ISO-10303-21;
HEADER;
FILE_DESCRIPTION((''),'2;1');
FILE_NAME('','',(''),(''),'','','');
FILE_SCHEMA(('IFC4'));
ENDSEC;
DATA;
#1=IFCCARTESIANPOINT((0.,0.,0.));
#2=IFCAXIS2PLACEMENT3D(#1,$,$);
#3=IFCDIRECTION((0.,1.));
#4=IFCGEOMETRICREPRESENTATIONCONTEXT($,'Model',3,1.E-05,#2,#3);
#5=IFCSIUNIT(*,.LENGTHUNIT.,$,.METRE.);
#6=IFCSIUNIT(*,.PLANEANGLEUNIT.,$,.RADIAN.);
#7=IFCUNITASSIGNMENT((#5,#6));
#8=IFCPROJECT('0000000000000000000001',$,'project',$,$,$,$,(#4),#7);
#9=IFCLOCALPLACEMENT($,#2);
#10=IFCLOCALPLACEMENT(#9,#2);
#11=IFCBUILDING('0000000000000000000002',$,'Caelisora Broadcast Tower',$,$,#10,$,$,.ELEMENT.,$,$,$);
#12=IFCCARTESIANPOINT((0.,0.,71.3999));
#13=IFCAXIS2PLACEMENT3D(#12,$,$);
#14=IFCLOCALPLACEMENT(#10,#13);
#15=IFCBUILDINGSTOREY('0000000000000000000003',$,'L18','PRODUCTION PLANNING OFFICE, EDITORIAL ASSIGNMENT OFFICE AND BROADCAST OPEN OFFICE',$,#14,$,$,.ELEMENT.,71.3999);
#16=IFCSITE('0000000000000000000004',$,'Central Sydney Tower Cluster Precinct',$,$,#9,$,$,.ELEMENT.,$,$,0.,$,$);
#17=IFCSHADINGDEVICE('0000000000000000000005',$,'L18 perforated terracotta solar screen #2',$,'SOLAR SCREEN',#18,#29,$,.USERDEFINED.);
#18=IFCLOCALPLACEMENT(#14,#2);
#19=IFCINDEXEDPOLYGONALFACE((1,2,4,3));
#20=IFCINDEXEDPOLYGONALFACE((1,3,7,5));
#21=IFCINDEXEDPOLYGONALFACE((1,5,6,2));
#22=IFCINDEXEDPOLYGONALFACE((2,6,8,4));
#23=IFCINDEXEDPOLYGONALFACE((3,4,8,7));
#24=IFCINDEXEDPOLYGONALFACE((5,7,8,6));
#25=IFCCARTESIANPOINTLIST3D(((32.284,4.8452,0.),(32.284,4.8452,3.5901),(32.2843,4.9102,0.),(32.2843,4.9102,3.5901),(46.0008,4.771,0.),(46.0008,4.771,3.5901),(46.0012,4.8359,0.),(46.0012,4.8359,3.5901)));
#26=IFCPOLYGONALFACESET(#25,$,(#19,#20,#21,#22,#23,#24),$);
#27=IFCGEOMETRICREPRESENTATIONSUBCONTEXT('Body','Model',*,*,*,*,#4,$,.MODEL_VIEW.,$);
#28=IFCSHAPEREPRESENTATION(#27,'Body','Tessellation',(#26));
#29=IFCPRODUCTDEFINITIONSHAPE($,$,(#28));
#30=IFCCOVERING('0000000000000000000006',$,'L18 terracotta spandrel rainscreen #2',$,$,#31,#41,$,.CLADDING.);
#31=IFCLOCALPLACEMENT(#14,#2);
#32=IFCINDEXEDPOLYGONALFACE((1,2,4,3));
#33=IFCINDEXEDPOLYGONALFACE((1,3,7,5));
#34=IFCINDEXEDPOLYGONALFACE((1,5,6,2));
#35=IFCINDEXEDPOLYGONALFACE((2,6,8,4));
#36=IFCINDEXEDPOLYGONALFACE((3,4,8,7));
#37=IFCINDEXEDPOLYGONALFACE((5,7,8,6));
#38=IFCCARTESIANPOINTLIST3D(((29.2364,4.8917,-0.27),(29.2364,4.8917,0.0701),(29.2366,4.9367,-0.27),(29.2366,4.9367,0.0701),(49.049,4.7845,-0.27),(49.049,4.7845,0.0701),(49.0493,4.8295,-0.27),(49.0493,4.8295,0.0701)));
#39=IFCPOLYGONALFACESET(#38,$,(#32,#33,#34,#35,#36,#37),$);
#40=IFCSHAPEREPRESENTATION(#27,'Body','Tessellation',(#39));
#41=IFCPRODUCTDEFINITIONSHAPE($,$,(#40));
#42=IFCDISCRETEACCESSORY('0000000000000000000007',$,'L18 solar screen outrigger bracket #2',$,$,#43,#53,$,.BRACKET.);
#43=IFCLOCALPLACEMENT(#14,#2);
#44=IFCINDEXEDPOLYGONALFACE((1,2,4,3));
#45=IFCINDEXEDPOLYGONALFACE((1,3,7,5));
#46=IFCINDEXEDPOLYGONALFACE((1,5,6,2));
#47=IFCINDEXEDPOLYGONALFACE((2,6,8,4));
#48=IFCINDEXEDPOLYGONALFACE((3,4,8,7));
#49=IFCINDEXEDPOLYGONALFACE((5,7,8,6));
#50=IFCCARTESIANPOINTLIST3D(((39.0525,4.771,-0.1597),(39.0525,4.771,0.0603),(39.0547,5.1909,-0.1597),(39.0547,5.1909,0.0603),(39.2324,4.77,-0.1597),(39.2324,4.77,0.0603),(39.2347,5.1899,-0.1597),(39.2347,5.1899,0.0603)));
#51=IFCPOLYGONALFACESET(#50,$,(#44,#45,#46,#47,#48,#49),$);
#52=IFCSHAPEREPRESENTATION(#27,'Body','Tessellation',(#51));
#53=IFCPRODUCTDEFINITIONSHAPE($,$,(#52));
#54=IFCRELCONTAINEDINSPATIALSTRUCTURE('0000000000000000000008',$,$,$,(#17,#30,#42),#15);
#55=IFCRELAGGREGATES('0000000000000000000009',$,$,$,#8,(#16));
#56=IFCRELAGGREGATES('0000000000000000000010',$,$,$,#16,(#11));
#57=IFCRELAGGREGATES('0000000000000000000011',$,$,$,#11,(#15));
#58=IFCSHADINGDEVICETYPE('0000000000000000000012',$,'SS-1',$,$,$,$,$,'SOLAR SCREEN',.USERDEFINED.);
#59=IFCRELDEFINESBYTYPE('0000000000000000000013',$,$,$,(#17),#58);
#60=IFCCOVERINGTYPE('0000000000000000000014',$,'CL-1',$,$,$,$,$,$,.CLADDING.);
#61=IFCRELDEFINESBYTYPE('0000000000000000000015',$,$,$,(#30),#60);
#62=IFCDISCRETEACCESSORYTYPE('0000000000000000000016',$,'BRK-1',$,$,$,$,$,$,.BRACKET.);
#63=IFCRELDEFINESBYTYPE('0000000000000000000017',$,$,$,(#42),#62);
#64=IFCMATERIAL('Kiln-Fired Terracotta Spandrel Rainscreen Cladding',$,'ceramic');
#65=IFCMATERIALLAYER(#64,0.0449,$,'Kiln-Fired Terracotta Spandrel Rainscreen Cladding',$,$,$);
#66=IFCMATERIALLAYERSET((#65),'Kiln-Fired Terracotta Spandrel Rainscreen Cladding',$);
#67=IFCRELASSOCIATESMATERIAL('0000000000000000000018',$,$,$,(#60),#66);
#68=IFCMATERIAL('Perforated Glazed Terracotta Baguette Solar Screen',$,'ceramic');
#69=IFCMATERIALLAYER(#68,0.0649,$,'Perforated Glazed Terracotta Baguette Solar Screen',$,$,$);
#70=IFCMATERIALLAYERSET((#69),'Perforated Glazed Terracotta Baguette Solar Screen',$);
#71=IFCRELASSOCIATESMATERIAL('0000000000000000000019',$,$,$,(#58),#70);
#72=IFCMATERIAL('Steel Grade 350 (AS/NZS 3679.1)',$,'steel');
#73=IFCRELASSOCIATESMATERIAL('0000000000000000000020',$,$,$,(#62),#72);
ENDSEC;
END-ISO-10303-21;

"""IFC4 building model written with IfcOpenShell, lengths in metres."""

from ifc_helpers import new_model, si_unit, direction, frame, origin, origin_2d, place, context, subcontext, project, spatial, rectangle, extrude, source, transform, mapped, material, layer, layer_set, type_object, type_shapes, element, save


model = new_model("IFC4")

# Units and contexts
model_context = context("Model", 3, precision=1e-05, world=origin(), true_north=direction((0.0, 1.0)))
body_context = subcontext(model_context, "Body", "Model", "MODEL_VIEW")
ifc_project = project(units=[si_unit("LENGTHUNIT", "METRE"), si_unit("PLANEANGLEUNIT", "RADIAN")], contexts=[model_context])

# Site, building, storey
site_placement = place(None, origin())
site = spatial("IfcSite", under=ifc_project, at=site_placement, Name="Central Sydney Tower Cluster Precinct", CompositionType="ELEMENT", RefElevation=0.0)
building_placement = place(site_placement, origin())
building = spatial("IfcBuilding", under=site, at=building_placement, Name="Caelisora Broadcast Tower", CompositionType="ELEMENT")
storey_placement = place(building_placement, frame((0.0, 0.0, 71.3999)))
storey = spatial("IfcBuildingStorey", under=building, at=storey_placement, Name="L18", Description="PRODUCTION PLANNING OFFICE, EDITORIAL ASSIGNMENT OFFICE AND BROADCAST OPEN OFFICE", CompositionType="ELEMENT", Elevation=71.3999)

# Shared definitions
ifc_material_1 = material(Name="Steel Grade 350 (AS/NZS 3679.1)", Category="steel")

# Shared definitions
ifc_material_2 = material(Name="Kiln-Fired Terracotta Spandrel Rainscreen Cladding", Category="ceramic")
ifc_layer_1 = layer(ifc_material_2, 0.0449, Name="Kiln-Fired Terracotta Spandrel Rainscreen Cladding")
ifc_layer_set_1 = layer_set([ifc_layer_1], Name="Kiln-Fired Terracotta Spandrel Rainscreen Cladding")
covering_type = type_object("IfcCoveringType", Name="CL-1", PredefinedType="CLADDING", material=ifc_layer_set_1)

# Shading device
ifc_material_3 = material(Name="Perforated Glazed Terracotta Baguette Solar Screen", Category="ceramic")
ifc_layer_2 = layer(ifc_material_3, 0.0649, Name="Perforated Glazed Terracotta Baguette Solar Screen")
ifc_layer_set_2 = layer_set([ifc_layer_2], Name="Perforated Glazed Terracotta Baguette Solar Screen")
shading_device_type_1 = type_object("IfcShadingDeviceType", Name="SS-1", ElementType="SOLAR SCREEN", PredefinedType="USERDEFINED", material=ifc_layer_set_2)
shared_shape_1 = source(origin(), body_context, "Body", "SweptSolid", [
    extrude(rectangle(XDim=13.717, YDim=0.0649, at=origin_2d()), origin(), (0.0, 0.0, 1.0), 3.5901),
])
type_shapes(shading_device_type_1, [shared_shape_1])
shading_device_1_placement = place(storey_placement, frame((39.1426, 4.8406, 0.0), z_axis=(0.0, 0.0, 1.0), x_axis=(0.999985, -0.00541, 0.0)))
element("IfcShadingDevice", 1, at=shading_device_1_placement, inside=storey, type_object=shading_device_type_1, Name="L18 perforated terracotta solar screen #2", ObjectType="SOLAR SCREEN", PredefinedType="USERDEFINED", context=body_context, shape_type="MappedRepresentation", body=[
    mapped(shared_shape_1, transform((0.0, 0.0, 0.0), scale=1.0)),
])

# Covering
shared_shape_2 = source(origin(), body_context, "Body", "SweptSolid", [
    extrude(rectangle(XDim=19.813, YDim=0.0449, at=origin_2d()), origin(), (0.0, 0.0, 1.0), 0.3401),
])
covering_1_placement = place(storey_placement, frame((39.1428, 4.8606, -0.27), z_axis=(0.0, 0.0, 1.0), x_axis=(0.999985, -0.00541, 0.0)))
element("IfcCovering", 2, at=covering_1_placement, inside=storey, type_object=covering_type, Name="L18 terracotta spandrel rainscreen #2", PredefinedType="CLADDING", context=body_context, shape_type="MappedRepresentation", body=[
    mapped(shared_shape_2, transform((0.0, 0.0, 0.0), scale=1.0)),
])

# Discrete accessory
discrete_accessory_type = type_object("IfcDiscreteAccessoryType", Name="BRK-1", PredefinedType="BRACKET", material=ifc_material_1)
shared_shape_3 = source(origin(), body_context, "Body", "SweptSolid", [
    extrude(rectangle(XDim=0.1799, YDim=0.4199, at=origin_2d()), origin(), (0.0, 0.0, 1.0), 0.22),
])
type_shapes(discrete_accessory_type, [shared_shape_3])
discrete_accessory_placement = place(storey_placement, frame((39.1436, 4.9805, -0.1597), z_axis=(0.0, 0.0, 1.0), x_axis=(0.999985, -0.00541, 0.0)))
element("IfcDiscreteAccessory", 3, at=discrete_accessory_placement, inside=storey, type_object=discrete_accessory_type, Name="L18 solar screen outrigger bracket #2", PredefinedType="BRACKET", context=body_context, shape_type="MappedRepresentation", body=[
    mapped(shared_shape_3, transform((0.0, 0.0, 0.0), scale=1.0)),
])

save(model, "model.ifc")
